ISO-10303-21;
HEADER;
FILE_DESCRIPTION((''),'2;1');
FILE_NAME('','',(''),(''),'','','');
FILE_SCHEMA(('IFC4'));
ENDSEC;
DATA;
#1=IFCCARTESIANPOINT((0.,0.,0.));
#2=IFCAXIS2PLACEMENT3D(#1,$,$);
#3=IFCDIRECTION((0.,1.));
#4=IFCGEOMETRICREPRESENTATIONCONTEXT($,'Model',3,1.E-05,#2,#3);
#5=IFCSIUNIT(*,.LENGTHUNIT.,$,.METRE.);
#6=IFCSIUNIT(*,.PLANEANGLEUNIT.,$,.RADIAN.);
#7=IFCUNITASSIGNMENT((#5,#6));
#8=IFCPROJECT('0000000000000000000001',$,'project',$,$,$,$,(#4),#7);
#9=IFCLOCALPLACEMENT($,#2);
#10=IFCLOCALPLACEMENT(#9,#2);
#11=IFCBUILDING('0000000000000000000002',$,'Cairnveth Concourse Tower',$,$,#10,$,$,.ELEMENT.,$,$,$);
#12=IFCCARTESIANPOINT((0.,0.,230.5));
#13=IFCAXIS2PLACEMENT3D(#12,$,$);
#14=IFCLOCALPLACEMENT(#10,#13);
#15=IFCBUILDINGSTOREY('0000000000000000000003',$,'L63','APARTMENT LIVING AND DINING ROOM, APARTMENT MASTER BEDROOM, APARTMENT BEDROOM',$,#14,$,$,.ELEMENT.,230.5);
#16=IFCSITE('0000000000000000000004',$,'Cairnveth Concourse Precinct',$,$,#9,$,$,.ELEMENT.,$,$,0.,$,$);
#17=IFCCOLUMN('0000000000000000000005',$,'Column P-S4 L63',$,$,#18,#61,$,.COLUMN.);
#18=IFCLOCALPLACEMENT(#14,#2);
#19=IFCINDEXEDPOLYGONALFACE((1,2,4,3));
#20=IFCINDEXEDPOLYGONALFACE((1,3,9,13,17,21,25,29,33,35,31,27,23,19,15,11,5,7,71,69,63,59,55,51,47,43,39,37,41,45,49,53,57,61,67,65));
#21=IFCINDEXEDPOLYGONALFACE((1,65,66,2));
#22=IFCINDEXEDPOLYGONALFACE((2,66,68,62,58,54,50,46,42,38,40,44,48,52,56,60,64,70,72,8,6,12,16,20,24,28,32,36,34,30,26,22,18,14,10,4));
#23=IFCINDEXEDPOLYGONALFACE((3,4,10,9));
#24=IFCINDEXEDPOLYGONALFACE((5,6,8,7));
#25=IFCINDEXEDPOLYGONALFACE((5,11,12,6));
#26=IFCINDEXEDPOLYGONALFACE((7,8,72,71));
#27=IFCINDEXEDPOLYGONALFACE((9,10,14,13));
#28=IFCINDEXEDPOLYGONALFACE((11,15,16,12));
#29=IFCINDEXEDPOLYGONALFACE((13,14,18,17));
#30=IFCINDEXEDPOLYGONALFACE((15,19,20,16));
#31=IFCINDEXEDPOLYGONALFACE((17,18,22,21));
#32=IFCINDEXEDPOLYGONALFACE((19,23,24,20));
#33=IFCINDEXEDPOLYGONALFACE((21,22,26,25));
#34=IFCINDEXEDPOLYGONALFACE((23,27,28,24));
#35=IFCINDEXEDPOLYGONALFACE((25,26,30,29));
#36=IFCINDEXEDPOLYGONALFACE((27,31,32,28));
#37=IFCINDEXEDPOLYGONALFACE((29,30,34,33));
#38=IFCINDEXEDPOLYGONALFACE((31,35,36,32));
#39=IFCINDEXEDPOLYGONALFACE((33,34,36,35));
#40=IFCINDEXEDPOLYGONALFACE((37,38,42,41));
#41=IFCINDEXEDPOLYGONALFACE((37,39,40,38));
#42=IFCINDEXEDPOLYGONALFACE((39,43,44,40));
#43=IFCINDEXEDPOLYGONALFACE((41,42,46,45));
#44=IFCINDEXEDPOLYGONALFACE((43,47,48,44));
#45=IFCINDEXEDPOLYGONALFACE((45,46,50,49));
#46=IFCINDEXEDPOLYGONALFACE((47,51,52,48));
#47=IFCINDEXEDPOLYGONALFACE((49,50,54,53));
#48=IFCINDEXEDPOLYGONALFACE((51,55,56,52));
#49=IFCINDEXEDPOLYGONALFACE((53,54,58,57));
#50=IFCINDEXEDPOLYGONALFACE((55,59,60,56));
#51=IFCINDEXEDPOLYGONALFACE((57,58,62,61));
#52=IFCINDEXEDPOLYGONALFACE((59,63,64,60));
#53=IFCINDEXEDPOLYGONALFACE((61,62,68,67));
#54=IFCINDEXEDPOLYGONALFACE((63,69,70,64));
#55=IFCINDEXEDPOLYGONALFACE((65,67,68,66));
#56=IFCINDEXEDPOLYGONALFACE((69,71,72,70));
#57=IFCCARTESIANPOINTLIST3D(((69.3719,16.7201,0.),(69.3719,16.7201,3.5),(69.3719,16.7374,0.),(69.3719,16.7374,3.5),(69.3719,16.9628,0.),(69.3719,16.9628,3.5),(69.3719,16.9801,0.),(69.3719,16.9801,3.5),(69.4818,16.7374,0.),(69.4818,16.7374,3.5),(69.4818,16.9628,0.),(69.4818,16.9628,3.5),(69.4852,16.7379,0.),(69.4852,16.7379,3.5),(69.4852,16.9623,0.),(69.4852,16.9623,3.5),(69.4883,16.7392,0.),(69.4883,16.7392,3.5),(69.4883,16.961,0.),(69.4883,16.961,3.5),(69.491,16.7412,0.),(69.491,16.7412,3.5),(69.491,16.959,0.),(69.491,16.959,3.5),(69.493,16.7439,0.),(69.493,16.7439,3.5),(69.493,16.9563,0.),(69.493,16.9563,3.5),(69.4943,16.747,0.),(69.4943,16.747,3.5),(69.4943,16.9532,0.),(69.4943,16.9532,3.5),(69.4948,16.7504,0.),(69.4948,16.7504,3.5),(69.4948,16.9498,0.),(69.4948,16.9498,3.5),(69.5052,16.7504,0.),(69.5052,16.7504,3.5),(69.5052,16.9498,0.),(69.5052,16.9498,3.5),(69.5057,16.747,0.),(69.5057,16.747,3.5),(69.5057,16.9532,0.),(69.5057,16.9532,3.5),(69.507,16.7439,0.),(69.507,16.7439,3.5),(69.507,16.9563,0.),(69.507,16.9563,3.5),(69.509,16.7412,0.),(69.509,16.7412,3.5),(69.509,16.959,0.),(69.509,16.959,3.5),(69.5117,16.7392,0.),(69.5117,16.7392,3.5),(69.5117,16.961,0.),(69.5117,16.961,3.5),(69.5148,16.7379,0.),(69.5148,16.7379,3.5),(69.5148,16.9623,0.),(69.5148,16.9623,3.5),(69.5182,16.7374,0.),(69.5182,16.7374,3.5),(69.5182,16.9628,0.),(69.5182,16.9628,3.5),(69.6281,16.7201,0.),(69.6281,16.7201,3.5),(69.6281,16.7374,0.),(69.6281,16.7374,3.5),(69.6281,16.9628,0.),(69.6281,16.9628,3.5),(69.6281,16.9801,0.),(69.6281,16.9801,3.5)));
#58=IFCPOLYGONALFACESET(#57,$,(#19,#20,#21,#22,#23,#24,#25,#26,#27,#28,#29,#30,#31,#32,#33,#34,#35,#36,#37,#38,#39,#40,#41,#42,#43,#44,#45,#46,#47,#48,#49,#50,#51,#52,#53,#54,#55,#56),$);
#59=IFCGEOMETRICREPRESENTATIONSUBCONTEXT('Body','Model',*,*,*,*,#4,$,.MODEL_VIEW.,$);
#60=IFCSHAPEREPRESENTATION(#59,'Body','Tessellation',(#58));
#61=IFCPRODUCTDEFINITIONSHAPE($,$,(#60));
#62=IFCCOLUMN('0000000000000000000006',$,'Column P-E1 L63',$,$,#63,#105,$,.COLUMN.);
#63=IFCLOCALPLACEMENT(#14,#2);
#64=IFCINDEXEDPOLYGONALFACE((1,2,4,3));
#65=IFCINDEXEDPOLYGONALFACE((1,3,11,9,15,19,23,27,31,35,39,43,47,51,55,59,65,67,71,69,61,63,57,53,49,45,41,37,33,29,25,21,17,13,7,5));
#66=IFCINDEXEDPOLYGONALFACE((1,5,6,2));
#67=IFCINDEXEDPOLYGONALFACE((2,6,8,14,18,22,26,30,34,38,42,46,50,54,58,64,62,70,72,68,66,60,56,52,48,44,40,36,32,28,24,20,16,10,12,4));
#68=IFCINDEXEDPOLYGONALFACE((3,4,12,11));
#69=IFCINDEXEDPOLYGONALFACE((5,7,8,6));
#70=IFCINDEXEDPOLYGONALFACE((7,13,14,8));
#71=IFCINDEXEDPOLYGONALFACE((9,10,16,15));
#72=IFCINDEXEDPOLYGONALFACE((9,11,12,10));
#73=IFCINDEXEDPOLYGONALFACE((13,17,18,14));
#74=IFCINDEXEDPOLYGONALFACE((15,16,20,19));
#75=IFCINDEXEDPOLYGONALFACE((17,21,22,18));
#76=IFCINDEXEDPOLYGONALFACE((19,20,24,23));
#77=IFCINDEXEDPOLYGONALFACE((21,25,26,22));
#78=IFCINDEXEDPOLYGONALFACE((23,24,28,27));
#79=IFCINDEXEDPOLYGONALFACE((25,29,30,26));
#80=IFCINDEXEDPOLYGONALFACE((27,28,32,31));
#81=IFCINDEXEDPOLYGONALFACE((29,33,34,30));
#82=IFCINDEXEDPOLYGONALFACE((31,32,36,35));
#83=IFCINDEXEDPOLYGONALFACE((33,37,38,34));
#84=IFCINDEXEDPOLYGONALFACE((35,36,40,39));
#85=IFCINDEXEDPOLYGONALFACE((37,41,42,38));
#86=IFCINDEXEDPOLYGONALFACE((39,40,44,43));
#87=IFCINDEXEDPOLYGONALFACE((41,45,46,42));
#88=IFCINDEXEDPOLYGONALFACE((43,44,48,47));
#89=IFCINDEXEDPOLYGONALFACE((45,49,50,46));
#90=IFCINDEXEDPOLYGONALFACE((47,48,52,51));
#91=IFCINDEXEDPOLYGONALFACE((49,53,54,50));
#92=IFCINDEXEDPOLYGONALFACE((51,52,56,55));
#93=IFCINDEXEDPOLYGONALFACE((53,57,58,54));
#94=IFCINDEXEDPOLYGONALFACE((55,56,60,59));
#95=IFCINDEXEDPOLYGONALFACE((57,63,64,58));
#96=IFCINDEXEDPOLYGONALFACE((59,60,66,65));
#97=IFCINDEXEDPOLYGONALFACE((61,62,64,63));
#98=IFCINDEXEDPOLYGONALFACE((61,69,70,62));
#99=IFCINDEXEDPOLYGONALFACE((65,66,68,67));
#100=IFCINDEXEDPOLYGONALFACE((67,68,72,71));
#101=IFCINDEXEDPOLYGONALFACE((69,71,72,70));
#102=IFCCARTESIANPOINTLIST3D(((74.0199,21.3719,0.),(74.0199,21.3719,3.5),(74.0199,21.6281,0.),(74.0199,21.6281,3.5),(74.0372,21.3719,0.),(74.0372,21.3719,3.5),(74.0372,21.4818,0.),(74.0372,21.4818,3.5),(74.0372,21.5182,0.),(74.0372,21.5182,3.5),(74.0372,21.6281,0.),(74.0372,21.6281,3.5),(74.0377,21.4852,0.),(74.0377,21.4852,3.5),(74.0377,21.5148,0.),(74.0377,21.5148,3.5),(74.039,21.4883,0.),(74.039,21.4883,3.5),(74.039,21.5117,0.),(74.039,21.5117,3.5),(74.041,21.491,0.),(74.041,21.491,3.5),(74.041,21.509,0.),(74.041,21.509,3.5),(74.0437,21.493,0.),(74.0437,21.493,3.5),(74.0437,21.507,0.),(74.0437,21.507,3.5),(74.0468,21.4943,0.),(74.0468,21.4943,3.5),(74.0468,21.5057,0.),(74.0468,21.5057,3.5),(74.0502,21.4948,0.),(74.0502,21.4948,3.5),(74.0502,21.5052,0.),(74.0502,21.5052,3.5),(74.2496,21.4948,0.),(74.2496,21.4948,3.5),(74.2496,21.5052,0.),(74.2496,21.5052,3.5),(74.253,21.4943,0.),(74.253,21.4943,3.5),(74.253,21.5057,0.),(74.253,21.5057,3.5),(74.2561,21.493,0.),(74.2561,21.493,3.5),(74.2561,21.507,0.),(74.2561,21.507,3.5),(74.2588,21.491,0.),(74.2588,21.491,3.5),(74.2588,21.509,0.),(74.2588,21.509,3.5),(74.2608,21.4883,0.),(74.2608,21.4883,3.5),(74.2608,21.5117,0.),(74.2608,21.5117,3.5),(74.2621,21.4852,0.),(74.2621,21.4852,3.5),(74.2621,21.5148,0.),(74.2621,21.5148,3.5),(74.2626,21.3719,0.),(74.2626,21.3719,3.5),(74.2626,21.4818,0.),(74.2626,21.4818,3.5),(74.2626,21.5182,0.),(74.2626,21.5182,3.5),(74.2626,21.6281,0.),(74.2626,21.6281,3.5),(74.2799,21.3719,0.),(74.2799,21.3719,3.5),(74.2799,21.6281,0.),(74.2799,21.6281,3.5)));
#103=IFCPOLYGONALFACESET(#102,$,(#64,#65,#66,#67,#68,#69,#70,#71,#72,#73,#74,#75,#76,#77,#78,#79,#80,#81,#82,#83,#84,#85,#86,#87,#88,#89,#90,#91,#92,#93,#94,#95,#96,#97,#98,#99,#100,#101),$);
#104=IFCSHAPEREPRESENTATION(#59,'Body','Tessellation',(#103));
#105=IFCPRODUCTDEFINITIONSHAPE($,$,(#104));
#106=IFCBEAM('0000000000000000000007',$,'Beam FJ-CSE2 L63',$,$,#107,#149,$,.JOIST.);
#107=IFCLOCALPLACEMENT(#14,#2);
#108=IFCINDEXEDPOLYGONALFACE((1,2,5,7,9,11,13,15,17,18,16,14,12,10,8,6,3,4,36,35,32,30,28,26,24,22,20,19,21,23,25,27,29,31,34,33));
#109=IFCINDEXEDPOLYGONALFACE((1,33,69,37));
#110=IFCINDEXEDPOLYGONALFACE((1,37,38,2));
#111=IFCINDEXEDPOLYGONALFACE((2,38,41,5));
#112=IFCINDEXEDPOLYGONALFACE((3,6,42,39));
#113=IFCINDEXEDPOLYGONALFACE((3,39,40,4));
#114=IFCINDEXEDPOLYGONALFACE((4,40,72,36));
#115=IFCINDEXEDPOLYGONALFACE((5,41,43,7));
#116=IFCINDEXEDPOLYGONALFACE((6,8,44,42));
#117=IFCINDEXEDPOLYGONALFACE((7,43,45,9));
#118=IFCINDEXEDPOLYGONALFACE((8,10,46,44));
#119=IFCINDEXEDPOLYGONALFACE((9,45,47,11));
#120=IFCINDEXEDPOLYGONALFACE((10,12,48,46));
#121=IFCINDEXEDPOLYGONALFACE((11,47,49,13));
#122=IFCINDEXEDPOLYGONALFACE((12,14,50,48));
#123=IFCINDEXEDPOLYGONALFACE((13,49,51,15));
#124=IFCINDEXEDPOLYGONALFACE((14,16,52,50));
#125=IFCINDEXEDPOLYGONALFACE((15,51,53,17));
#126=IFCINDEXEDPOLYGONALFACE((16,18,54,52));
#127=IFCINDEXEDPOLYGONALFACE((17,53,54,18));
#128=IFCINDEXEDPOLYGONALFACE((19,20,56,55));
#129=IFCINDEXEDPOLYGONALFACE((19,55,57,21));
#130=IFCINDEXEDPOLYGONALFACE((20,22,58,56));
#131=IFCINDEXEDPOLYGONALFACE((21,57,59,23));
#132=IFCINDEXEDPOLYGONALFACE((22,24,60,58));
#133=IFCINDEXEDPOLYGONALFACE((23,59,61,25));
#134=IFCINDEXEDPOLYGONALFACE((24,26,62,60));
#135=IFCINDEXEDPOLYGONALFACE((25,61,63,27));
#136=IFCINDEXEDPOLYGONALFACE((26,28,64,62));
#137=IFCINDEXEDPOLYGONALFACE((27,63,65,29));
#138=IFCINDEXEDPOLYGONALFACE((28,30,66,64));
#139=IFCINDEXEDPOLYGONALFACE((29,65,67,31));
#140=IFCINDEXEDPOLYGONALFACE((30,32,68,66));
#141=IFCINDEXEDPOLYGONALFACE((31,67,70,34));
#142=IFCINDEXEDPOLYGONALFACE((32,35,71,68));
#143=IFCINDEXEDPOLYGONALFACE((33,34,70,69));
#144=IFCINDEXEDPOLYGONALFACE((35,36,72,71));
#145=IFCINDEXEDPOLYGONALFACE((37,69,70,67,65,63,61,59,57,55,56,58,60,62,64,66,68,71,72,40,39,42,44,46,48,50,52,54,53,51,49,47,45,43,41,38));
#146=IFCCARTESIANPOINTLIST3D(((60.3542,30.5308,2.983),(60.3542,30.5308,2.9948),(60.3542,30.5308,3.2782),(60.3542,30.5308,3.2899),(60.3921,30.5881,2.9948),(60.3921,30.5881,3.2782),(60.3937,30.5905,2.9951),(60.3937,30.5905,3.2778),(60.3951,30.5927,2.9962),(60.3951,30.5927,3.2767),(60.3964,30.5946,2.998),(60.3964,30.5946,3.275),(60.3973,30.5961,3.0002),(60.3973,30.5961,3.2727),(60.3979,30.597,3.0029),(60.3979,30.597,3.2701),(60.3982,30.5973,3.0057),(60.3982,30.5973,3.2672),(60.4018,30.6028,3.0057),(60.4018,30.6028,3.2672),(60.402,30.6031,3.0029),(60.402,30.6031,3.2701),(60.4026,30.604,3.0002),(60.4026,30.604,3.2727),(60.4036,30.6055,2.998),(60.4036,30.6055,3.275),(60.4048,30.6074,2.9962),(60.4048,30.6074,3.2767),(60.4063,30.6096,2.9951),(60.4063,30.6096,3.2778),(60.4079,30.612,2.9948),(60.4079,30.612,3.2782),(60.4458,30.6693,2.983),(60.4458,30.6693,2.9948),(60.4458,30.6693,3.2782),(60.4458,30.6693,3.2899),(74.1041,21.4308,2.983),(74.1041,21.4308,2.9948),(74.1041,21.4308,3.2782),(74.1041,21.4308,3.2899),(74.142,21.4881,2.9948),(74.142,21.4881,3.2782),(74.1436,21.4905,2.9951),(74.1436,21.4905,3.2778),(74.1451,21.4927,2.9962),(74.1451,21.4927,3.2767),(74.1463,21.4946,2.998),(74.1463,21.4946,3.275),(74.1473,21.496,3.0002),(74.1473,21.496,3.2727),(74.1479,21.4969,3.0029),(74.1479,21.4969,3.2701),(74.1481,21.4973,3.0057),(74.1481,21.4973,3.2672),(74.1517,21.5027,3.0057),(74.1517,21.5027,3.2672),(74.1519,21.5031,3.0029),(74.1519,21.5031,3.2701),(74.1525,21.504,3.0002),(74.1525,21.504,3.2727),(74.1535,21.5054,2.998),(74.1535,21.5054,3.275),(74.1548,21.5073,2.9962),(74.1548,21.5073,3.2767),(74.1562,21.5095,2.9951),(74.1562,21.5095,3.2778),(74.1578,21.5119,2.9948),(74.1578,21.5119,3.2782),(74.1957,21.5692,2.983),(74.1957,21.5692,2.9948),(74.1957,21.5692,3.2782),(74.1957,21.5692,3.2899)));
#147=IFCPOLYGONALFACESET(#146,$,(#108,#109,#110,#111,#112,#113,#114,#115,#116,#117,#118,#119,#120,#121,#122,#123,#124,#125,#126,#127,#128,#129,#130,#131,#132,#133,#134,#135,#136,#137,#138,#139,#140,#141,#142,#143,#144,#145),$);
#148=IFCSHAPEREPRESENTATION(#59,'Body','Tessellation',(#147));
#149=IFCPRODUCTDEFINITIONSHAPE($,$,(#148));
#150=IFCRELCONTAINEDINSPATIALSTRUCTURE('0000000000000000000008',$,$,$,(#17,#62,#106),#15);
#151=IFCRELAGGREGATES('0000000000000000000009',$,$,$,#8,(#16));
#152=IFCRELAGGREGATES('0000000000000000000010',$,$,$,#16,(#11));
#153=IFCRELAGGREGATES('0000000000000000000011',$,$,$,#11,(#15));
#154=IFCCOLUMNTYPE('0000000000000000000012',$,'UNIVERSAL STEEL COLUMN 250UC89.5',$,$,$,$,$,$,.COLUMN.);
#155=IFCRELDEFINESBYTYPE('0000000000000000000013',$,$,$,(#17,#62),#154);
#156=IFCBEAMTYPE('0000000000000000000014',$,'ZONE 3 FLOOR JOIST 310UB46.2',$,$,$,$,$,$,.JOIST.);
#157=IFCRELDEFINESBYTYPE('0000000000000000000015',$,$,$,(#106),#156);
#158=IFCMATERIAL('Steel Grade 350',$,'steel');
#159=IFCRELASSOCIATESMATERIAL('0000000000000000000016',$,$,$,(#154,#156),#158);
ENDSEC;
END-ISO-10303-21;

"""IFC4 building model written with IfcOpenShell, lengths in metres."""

from ifc_helpers import new_model, si_unit, direction, frame, origin, origin_2d, place, context, subcontext, project, spatial, i_section, extrude, material, material_profile, profile_set, type_object, element, save


model = new_model("IFC4")

# Units and contexts
model_context = context("Model", 3, precision=1e-05, world=origin(), true_north=direction((0.0, 1.0)))
body_context = subcontext(model_context, "Body", "Model", "MODEL_VIEW")
ifc_project = project(units=[si_unit("LENGTHUNIT", "METRE"), si_unit("PLANEANGLEUNIT", "RADIAN")], contexts=[model_context])

# Site, building, storey
site_placement = place(None, origin())
site = spatial("IfcSite", under=ifc_project, at=site_placement, Name="Cairnveth Concourse Precinct", CompositionType="ELEMENT", RefElevation=0.0)
building_placement = place(site_placement, origin())
building = spatial("IfcBuilding", under=site, at=building_placement, Name="Cairnveth Concourse Tower", CompositionType="ELEMENT")
storey_placement = place(building_placement, frame((0.0, 0.0, 230.5)))
storey = spatial("IfcBuildingStorey", under=building, at=storey_placement, Name="L63", Description="APARTMENT LIVING AND DINING ROOM, APARTMENT MASTER BEDROOM, APARTMENT BEDROOM", CompositionType="ELEMENT", Elevation=230.5)

# Columns
ifc_material_1 = material(Name="Steel Grade 350", Category="steel")
ifc_material_profile_1 = material_profile(ifc_material_1, i_section(OverallWidth=0.2561, OverallDepth=0.26, WebThickness=0.0105, FlangeThickness=0.0173, FilletRadius=0.0129, at=origin_2d()), Name="250UC89.5")
ifc_profile_set_1 = profile_set([ifc_material_profile_1], Name="Steel Grade 350")
column_type = type_object("IfcColumnType", Name="UNIVERSAL STEEL COLUMN 250UC89.5", PredefinedType="COLUMN", material=ifc_profile_set_1)
for number, where, z_axis, x_axis, name in (
    (1, (69.5, 16.8501, 0.0), (0.0, 0.0, 1.0), (1.0, 0.0, 0.0), "Column P-S4 L63"),
    (2, (74.1499, 21.5, 0.0), (0.0, 0.0, 1.0), (0.0, 1.0, 0.0), "Column P-E1 L63"),
):
    element("IfcColumn", number, at=place(storey_placement, frame(where, z_axis=z_axis, x_axis=x_axis)), inside=storey, type_object=column_type, Name=name, PredefinedType="COLUMN", context=body_context, shape_type="SweptSolid", body=[
        extrude(i_section(OverallWidth=0.2561, OverallDepth=0.26, WebThickness=0.0105, FlangeThickness=0.0173, FilletRadius=0.0129, at=origin_2d()), origin(), (0.0, 0.0, 1.0), 3.5),
    ])

# Beam
ifc_material_profile_2 = material_profile(ifc_material_1, i_section(OverallWidth=0.166, OverallDepth=0.3069, WebThickness=0.0066, FlangeThickness=0.0117, FilletRadius=0.011, at=origin_2d()), Name="310UB46.2")
ifc_profile_set_2 = profile_set([ifc_material_profile_2], Name="Steel Grade 350")
beam_type_1 = type_object("IfcBeamType", Name="ZONE 3 FLOOR JOIST 310UB46.2", PredefinedType="JOIST", material=ifc_profile_set_2)
beam_1_placement = place(storey_placement, frame((74.1499, 21.5, 3.1365), z_axis=(-0.833909, 0.551902, 0.0), x_axis=(-0.551902, -0.833909, 0.0)))
element("IfcBeam", 3, at=beam_1_placement, inside=storey, type_object=beam_type_1, Name="Beam FJ-CSE2 L63", PredefinedType="JOIST", context=body_context, shape_type="SweptSolid", body=[
    extrude(i_section(OverallWidth=0.166, OverallDepth=0.3069, WebThickness=0.0066, FlangeThickness=0.0117, FilletRadius=0.011, at=origin_2d()), origin(), (0.0, 0.0, 1.0), 16.4885),
])

save(model, "model.ifc")
